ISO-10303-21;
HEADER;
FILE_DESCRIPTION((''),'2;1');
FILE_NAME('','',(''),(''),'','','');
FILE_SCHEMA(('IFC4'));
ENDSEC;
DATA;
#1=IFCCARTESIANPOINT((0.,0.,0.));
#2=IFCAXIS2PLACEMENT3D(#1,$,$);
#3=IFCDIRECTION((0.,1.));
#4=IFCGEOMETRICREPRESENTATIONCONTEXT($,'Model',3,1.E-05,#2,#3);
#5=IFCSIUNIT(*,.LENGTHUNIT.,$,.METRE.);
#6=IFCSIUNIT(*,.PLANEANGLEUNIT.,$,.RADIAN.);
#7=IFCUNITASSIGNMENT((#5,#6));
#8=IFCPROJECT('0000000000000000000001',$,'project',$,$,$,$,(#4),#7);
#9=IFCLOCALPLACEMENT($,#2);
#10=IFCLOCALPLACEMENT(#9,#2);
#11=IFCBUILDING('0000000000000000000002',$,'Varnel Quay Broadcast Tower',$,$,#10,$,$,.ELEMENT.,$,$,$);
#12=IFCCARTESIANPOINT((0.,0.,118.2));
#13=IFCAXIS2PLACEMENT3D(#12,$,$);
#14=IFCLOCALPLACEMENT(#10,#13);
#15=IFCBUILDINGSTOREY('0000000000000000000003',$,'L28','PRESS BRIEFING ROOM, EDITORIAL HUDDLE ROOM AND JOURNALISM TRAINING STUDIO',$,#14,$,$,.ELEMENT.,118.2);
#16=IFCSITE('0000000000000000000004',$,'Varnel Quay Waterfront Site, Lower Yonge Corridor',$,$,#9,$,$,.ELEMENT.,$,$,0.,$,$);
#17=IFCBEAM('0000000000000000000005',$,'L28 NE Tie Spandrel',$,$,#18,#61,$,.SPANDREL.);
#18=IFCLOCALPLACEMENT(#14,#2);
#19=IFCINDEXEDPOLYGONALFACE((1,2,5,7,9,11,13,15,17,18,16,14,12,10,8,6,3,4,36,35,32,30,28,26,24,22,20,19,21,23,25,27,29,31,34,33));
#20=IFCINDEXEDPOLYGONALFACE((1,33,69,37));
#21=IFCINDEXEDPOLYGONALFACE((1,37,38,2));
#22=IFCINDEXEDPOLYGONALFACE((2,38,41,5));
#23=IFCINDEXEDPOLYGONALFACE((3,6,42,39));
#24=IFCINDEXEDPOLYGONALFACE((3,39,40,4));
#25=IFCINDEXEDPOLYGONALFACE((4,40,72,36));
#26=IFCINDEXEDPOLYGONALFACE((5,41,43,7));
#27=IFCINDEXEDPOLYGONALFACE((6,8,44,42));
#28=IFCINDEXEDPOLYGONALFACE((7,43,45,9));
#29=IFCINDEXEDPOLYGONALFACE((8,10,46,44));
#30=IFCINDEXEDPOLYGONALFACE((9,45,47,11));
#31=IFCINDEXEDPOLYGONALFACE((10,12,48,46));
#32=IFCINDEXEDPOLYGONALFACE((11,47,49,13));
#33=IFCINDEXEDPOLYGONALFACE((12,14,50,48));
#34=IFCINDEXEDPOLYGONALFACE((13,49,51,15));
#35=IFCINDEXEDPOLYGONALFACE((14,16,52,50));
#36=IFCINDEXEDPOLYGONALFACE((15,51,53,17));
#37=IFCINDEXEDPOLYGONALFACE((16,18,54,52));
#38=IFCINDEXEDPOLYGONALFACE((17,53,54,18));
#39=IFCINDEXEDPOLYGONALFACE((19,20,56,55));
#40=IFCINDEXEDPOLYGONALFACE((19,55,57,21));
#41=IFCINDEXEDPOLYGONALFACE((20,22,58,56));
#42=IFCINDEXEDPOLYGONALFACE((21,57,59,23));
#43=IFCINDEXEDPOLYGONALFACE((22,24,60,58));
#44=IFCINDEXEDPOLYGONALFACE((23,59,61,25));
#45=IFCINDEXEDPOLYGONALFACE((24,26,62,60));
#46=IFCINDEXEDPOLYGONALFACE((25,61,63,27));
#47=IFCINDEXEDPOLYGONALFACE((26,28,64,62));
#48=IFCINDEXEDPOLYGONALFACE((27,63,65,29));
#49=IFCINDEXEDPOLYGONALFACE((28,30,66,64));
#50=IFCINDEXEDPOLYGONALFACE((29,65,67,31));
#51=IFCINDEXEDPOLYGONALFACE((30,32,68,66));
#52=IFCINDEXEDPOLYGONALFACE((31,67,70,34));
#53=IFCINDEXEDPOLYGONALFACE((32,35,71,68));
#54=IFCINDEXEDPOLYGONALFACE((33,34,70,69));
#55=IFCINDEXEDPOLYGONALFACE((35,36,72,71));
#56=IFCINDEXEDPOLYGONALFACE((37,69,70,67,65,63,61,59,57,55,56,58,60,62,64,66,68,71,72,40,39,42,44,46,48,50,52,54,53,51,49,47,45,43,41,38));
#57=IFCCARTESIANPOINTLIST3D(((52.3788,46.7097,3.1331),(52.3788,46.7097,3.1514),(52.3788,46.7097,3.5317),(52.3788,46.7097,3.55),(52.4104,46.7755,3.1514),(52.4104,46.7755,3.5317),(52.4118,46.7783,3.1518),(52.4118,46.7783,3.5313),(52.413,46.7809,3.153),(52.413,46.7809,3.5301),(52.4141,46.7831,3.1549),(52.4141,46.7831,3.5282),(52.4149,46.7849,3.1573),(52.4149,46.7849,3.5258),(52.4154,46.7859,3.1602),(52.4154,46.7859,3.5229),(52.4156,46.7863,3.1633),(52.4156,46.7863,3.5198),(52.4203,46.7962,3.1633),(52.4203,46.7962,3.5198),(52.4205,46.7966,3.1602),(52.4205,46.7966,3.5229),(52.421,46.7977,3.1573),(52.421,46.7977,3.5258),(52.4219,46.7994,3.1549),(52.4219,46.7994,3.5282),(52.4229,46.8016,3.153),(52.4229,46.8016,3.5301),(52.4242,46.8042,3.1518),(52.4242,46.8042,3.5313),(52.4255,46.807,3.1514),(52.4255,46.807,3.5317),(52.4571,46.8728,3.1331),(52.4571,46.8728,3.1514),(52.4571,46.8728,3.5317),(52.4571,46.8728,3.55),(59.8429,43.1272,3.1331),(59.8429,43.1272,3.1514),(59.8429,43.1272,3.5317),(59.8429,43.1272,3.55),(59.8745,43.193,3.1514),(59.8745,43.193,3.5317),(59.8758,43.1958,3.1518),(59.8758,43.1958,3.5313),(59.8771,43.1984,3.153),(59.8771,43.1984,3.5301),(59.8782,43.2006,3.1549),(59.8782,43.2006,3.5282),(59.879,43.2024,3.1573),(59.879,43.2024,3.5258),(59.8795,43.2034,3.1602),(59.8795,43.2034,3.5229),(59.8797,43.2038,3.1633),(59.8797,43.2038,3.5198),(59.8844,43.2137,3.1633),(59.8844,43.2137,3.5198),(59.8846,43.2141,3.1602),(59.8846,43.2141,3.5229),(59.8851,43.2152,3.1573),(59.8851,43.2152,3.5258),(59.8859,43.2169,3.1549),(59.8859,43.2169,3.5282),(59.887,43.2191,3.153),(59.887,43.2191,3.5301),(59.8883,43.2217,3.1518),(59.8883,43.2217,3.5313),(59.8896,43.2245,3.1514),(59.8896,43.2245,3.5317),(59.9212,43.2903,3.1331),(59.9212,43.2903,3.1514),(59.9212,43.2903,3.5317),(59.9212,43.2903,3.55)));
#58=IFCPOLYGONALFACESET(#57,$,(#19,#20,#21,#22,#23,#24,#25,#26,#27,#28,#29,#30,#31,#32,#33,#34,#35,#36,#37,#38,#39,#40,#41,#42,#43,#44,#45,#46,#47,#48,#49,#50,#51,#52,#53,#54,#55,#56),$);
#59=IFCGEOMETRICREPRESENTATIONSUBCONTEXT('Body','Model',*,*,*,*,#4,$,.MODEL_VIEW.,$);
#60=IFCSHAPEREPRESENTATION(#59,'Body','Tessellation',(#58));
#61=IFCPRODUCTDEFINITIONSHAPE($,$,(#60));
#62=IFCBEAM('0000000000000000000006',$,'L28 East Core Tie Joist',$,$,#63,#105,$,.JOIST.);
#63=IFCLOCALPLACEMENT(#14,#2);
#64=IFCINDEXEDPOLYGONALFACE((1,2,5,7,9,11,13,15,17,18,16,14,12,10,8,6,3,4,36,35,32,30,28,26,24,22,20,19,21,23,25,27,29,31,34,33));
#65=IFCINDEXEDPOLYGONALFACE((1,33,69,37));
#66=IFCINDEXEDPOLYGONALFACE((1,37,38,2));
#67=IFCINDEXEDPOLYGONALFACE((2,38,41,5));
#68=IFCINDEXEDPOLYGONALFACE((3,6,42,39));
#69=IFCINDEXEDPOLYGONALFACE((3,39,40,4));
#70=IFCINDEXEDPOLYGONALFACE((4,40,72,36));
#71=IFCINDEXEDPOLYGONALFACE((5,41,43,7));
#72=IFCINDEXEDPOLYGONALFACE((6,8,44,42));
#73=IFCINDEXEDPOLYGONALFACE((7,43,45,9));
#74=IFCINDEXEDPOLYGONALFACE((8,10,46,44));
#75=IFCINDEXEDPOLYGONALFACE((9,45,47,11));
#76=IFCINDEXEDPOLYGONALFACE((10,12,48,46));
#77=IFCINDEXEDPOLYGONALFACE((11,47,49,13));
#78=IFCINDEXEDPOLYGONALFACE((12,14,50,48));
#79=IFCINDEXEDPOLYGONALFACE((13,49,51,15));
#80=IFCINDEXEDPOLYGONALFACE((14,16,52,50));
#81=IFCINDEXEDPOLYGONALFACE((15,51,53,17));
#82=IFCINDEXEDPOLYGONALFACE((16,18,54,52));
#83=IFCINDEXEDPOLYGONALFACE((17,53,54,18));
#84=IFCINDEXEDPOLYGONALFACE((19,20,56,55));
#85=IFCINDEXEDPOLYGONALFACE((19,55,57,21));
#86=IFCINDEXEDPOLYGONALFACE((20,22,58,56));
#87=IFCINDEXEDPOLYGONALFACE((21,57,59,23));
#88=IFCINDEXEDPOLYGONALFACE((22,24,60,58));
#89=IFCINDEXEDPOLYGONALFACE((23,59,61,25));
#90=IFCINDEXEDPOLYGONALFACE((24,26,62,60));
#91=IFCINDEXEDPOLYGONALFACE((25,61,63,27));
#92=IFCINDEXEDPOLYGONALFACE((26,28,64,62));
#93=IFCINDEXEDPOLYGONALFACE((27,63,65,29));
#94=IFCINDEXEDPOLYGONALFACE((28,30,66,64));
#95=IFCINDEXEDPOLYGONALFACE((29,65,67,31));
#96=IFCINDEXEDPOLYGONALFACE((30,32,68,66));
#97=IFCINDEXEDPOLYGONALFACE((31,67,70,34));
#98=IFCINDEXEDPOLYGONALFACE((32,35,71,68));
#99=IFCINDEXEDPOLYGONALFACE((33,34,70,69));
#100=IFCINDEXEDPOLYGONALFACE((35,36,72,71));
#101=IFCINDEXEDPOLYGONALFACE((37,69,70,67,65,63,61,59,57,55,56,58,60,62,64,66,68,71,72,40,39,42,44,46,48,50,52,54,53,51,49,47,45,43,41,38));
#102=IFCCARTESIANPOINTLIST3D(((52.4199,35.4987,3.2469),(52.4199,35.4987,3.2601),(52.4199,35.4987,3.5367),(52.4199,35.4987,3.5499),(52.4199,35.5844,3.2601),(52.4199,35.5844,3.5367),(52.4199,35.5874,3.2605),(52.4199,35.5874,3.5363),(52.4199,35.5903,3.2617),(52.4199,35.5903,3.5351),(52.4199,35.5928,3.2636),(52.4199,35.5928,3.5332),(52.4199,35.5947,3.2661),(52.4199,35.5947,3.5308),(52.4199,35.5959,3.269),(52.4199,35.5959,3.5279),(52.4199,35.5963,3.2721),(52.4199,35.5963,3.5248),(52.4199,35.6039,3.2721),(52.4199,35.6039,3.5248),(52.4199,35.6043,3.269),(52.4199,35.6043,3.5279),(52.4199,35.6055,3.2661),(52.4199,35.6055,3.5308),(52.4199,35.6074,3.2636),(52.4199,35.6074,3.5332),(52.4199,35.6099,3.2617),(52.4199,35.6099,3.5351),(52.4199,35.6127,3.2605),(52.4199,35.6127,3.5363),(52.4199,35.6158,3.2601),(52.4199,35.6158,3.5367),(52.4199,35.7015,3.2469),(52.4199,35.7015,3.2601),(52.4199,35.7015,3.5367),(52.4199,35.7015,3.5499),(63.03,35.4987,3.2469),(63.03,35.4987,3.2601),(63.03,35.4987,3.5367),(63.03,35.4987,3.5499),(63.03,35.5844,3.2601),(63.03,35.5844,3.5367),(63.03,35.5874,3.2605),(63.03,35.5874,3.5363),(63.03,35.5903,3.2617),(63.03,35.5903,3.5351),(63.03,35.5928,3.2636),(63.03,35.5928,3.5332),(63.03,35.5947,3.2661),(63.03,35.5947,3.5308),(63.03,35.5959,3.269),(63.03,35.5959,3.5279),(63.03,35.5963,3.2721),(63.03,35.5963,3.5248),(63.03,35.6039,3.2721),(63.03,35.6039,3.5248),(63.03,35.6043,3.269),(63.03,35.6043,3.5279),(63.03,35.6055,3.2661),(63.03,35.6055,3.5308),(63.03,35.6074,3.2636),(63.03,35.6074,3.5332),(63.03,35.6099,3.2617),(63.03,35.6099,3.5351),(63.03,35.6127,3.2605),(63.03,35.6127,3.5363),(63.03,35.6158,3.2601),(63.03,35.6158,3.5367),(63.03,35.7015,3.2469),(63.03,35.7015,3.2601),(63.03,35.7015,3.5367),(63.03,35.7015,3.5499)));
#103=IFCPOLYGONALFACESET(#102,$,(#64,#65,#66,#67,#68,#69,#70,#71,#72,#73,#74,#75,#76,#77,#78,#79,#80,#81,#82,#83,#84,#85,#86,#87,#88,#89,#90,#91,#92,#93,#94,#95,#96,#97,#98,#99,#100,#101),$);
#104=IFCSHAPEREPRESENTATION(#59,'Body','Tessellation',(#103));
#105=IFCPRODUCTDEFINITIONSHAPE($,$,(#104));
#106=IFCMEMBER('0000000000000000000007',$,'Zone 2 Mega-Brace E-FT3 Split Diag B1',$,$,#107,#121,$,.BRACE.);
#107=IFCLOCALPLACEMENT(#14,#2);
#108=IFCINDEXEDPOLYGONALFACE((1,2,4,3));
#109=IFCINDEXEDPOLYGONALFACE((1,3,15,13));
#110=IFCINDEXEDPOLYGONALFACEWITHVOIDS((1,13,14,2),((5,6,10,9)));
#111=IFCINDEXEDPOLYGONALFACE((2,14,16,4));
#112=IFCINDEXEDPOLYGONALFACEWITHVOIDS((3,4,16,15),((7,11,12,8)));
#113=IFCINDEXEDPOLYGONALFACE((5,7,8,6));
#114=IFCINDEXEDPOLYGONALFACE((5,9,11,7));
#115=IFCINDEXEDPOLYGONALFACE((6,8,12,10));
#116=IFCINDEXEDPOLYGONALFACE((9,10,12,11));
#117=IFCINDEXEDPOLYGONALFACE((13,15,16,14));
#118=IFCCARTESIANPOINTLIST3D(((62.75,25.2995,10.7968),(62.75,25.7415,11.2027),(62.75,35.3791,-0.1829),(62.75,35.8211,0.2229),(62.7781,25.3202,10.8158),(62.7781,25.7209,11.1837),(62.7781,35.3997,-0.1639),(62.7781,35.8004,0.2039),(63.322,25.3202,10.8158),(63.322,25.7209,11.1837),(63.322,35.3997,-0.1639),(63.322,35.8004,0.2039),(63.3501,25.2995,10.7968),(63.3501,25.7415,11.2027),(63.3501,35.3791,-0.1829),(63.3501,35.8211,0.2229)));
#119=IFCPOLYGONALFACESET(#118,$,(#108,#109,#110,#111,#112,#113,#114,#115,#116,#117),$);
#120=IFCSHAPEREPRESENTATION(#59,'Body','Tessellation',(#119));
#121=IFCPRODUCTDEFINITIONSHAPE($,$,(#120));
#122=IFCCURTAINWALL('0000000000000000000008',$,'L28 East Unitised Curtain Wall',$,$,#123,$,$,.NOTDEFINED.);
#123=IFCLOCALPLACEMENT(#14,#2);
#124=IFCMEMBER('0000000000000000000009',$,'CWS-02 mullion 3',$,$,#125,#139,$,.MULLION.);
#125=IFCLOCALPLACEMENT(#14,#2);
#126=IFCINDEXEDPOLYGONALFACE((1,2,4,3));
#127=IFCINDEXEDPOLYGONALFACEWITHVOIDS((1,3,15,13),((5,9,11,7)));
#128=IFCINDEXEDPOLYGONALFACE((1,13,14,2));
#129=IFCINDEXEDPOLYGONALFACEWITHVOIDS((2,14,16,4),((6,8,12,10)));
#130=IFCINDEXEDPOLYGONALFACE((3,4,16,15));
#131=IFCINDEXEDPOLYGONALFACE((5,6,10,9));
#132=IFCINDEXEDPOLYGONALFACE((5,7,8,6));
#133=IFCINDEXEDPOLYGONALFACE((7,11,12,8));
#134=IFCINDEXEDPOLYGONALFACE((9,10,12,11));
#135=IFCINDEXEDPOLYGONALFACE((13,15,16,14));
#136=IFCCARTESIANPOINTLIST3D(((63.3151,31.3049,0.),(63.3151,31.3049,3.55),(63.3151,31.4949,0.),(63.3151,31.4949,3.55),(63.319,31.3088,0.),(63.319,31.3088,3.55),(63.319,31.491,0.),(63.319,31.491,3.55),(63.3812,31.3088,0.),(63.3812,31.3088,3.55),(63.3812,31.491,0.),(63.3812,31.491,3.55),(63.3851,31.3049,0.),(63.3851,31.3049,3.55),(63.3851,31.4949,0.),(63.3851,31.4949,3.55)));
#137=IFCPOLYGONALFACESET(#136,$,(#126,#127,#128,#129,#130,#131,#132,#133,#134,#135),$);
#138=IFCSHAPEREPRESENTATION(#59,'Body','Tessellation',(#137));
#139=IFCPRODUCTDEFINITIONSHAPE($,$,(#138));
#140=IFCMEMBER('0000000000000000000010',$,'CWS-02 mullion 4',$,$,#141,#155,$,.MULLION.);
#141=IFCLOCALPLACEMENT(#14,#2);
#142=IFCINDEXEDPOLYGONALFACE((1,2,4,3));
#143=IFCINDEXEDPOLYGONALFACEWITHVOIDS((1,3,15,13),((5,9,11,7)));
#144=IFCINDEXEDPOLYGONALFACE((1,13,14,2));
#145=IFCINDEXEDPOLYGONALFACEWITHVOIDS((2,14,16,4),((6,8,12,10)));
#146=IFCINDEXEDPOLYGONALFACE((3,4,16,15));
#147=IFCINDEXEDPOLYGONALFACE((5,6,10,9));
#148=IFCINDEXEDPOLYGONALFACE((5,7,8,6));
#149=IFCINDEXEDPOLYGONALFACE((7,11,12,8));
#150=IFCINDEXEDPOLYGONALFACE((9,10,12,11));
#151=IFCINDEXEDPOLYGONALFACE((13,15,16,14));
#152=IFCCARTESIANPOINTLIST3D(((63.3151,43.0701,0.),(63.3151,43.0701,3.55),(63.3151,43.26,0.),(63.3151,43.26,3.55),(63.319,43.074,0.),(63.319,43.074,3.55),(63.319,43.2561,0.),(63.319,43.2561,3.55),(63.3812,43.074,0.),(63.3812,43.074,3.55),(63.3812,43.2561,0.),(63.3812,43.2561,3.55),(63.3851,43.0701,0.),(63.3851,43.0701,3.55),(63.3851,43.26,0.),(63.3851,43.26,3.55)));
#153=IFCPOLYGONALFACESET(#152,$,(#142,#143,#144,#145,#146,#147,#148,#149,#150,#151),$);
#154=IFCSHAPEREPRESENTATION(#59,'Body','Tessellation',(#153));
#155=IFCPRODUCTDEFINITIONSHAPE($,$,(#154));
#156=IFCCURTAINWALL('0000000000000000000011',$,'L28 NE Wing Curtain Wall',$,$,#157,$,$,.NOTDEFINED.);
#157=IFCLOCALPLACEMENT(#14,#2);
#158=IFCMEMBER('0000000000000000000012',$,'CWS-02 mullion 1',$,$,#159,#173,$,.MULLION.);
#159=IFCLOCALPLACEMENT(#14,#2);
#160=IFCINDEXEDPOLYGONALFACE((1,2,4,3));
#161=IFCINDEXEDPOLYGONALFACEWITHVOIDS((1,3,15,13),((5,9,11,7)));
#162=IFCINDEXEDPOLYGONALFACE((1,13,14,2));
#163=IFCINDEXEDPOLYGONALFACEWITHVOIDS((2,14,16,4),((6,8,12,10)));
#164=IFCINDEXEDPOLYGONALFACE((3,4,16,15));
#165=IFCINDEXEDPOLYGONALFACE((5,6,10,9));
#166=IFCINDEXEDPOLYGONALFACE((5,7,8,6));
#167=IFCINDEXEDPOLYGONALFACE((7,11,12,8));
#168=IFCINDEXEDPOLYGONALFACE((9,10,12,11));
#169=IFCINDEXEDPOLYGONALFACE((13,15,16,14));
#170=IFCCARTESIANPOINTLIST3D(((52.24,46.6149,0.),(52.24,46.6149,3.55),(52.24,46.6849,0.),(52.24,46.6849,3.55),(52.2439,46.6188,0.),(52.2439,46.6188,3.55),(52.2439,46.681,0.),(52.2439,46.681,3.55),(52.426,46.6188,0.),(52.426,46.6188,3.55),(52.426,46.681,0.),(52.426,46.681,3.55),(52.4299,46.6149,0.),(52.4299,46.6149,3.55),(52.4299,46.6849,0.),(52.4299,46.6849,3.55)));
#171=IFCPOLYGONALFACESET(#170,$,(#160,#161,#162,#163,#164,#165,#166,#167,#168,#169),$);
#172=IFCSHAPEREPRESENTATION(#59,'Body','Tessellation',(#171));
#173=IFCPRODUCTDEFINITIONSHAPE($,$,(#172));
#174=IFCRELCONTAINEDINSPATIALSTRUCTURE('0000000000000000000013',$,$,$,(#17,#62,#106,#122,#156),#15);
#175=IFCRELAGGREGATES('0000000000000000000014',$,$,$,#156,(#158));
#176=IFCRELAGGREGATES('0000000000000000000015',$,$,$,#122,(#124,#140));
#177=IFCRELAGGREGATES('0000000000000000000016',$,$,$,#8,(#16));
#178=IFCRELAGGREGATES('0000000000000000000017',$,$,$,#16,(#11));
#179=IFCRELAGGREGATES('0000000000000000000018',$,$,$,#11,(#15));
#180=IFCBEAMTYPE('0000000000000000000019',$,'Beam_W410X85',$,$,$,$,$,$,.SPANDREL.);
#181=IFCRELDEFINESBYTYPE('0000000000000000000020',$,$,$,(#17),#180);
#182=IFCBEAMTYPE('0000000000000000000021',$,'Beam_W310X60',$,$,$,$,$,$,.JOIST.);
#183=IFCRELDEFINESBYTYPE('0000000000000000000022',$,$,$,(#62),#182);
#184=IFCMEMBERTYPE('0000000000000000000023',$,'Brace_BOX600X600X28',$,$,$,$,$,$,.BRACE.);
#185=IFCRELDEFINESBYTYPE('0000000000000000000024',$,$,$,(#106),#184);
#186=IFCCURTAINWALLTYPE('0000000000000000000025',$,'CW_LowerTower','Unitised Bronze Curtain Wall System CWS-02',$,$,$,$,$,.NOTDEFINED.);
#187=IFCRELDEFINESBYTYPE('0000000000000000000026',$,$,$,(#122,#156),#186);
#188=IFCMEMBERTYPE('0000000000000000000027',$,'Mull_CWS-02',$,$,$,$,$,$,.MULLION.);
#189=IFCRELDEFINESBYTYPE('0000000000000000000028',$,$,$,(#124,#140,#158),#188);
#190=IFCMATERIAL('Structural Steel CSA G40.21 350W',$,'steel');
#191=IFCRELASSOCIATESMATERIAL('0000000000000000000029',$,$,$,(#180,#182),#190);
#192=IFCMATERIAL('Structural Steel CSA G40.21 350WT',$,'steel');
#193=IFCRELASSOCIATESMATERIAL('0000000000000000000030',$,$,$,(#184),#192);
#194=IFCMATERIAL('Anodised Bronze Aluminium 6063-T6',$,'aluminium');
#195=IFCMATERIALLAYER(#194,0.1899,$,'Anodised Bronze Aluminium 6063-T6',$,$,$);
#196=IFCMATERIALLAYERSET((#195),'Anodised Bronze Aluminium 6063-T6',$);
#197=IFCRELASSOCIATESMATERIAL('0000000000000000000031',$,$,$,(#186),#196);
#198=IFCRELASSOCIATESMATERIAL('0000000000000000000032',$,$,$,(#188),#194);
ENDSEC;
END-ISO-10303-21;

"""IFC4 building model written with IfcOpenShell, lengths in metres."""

from ifc_helpers import new_model, si_unit, direction, frame, origin, origin_2d, place, context, subcontext, project, spatial, hollow_rectangle, i_section, extrude, source, transform, mapped, material, layer, layer_set, material_profile, profile_set, type_object, type_shapes, element, aggregate, save


model = new_model("IFC4")

# Units and contexts
model_context = context("Model", 3, precision=1e-05, world=origin(), true_north=direction((0.0, 1.0)))
body_context = subcontext(model_context, "Body", "Model", "MODEL_VIEW")
ifc_project = project(units=[si_unit("LENGTHUNIT", "METRE"), si_unit("PLANEANGLEUNIT", "RADIAN")], contexts=[model_context])

# Site, building, storey
site_placement = place(None, origin())
site = spatial("IfcSite", under=ifc_project, at=site_placement, Name="Varnel Quay Waterfront Site, Lower Yonge Corridor", CompositionType="ELEMENT", RefElevation=0.0)
building_placement = place(site_placement, origin())
building = spatial("IfcBuilding", under=site, at=building_placement, Name="Varnel Quay Broadcast Tower", CompositionType="ELEMENT")
storey_placement = place(building_placement, frame((0.0, 0.0, 118.2)))
storey = spatial("IfcBuildingStorey", under=building, at=storey_placement, Name="L28", Description="PRESS BRIEFING ROOM, EDITORIAL HUDDLE ROOM AND JOURNALISM TRAINING STUDIO", CompositionType="ELEMENT", Elevation=118.2)

# Shared definitions
ifc_material_1 = material(Name="Structural Steel CSA G40.21 350WT", Category="steel")
ifc_material_2 = material(Name="Structural Steel CSA G40.21 350W", Category="steel")

# Beams
ifc_material_profile_1 = material_profile(ifc_material_2, i_section(OverallWidth=0.1809, OverallDepth=0.417, WebThickness=0.011, FlangeThickness=0.0183, FilletRadius=0.012, at=origin_2d()), Name="W410X85")
ifc_profile_set_1 = profile_set([ifc_material_profile_1], Name="Structural Steel CSA G40.21 350W")
beam_type_1 = type_object("IfcBeamType", Name="Beam_W410X85", PredefinedType="SPANDREL", material=ifc_profile_set_1)
shared_shape_1 = source(origin(), body_context, "Body", "SweptSolid", [
    extrude(i_section(OverallWidth=0.1809, OverallDepth=0.417, WebThickness=0.011, FlangeThickness=0.0183, FilletRadius=0.012, at=origin_2d()), origin(), (0.0, 0.0, 1.0), 8.2793),
])
beam_1_placement = place(storey_placement, frame((52.418, 46.7913, 3.3416), z_axis=(0.901535, -0.432706, 0.0), x_axis=(0.432706, 0.901535, 0.0)))
element("IfcBeam", 1, at=beam_1_placement, inside=storey, type_object=beam_type_1, Name="L28 NE Tie Spandrel", PredefinedType="SPANDREL", context=body_context, shape_type="MappedRepresentation", body=[
    mapped(shared_shape_1, transform((0.0, 0.0, 0.0), x_axis=(1.0, 0.0, 0.0), y_axis=(0.0, 1.0, 0.0), z_axis=(0.0, 0.0, 1.0), scale=1.0)),
])
ifc_material_profile_2 = material_profile(ifc_material_2, i_section(OverallWidth=0.2029, OverallDepth=0.303, WebThickness=0.0076, FlangeThickness=0.0132, FilletRadius=0.012, at=origin_2d()), Name="W310X60")
ifc_profile_set_2 = profile_set([ifc_material_profile_2], Name="Structural Steel CSA G40.21 350W")
beam_type_2 = type_object("IfcBeamType", Name="Beam_W310X60", PredefinedType="JOIST", material=ifc_profile_set_2)
shared_shape_2 = source(origin(), body_context, "Body", "SweptSolid", [
    extrude(i_section(OverallWidth=0.2029, OverallDepth=0.303, WebThickness=0.0076, FlangeThickness=0.0132, FilletRadius=0.012, at=origin_2d()), origin(), (0.0, 0.0, 1.0), 10.6101),
])
type_shapes(beam_type_2, [shared_shape_2])
beam_2_placement = place(storey_placement, frame((52.4199, 35.6001, 3.3984), z_axis=(1.0, 0.0, 0.0), x_axis=(0.0, 1.0, 0.0)))
element("IfcBeam", 2, at=beam_2_placement, inside=storey, type_object=beam_type_2, Name="L28 East Core Tie Joist", PredefinedType="JOIST", context=body_context, shape_type="MappedRepresentation", body=[
    mapped(shared_shape_2, transform((0.0, 0.0, 0.0), x_axis=(1.0, 0.0, 0.0), y_axis=(0.0, 1.0, 0.0), z_axis=(0.0, 0.0, 1.0), scale=1.0)),
])

# Member
ifc_material_profile_3 = material_profile(ifc_material_1, hollow_rectangle(XDim=0.6001, YDim=0.6001, WallThickness=0.0281, at=origin_2d()), Name="BOX600X600X28")
ifc_profile_set_3 = profile_set([ifc_material_profile_3], Name="Structural Steel CSA G40.21 350WT")
member_type_1 = type_object("IfcMemberType", Name="Brace_BOX600X600X28", PredefinedType="BRACE", material=ifc_profile_set_3)
shared_shape_3 = source(origin(), body_context, "Body", "SweptSolid", [
    extrude(hollow_rectangle(XDim=0.6001, YDim=0.6001, WallThickness=0.0281, at=origin_2d()), origin(), (0.0, 0.0, 1.0), 14.9048),
])
type_shapes(member_type_1, [shared_shape_3])
member_1_placement = place(storey_placement, frame((63.05, 35.6001, 0.02), z_axis=(0.0, -0.676265, 0.736658), x_axis=(1.0, 0.0, 0.0)))
element("IfcMember", 3, at=member_1_placement, inside=storey, type_object=member_type_1, Name="Zone 2 Mega-Brace E-FT3 Split Diag B1", PredefinedType="BRACE", context=body_context, shape_type="MappedRepresentation", body=[
    mapped(shared_shape_3, transform((0.0, 0.0, 0.0), x_axis=(1.0, 0.0, 0.0), y_axis=(0.0, 1.0, 0.0), z_axis=(0.0, 0.0, 1.0), scale=1.0)),
])

# Curtain walls, members
ifc_material_3 = material(Name="Anodised Bronze Aluminium 6063-T6", Category="aluminium")
ifc_layer_1 = layer(ifc_material_3, 0.1899, Name="Anodised Bronze Aluminium 6063-T6")
ifc_layer_set_1 = layer_set([ifc_layer_1], Name="Anodised Bronze Aluminium 6063-T6")
curtain_wall_type = type_object("IfcCurtainWallType", Name="CW_LowerTower", Description="Unitised Bronze Curtain Wall System CWS-02", PredefinedType="NOTDEFINED", material=ifc_layer_set_1)
curtain_wall_1_placement = place(storey_placement, origin())
curtain_wall_1 = element("IfcCurtainWall", 4, at=curtain_wall_1_placement, inside=storey, type_object=curtain_wall_type, Name="L28 East Unitised Curtain Wall", PredefinedType="NOTDEFINED")
ifc_material_profile_4 = material_profile(ifc_material_3, hollow_rectangle(XDim=0.0701, YDim=0.1899, WallThickness=0.0039, at=origin_2d()), Name="ALU70X190X4")
ifc_profile_set_4 = profile_set([ifc_material_profile_4], Name="Anodised Bronze Aluminium 6063-T6")
member_type_2 = type_object("IfcMemberType", Name="Mull_CWS-02", PredefinedType="MULLION", material=ifc_profile_set_4)
shared_shape_4 = source(origin(), body_context, "Body", "SweptSolid", [
    extrude(hollow_rectangle(XDim=0.0701, YDim=0.1899, WallThickness=0.0039, at=origin_2d()), origin(), (0.0, 0.0, 1.0), 3.55),
])
type_shapes(member_type_2, [shared_shape_4])
member_2_placement = place(storey_placement, frame((63.3501, 31.3999, 0.0), z_axis=(0.0, 0.0, 1.0), x_axis=(-1.0, 0.0, 0.0)))
member_2 = element("IfcMember", 5, at=member_2_placement, type_object=member_type_2, Name="CWS-02 mullion 3", PredefinedType="MULLION", context=body_context, shape_type="MappedRepresentation", body=[
    mapped(shared_shape_4, transform((0.0, 0.0, 0.0), x_axis=(1.0, 0.0, 0.0), y_axis=(0.0, 1.0, 0.0), z_axis=(0.0, 0.0, 1.0), scale=1.0)),
])
member_3_placement = place(storey_placement, frame((63.3501, 43.165, 0.0), z_axis=(0.0, 0.0, 1.0), x_axis=(-1.0, 0.0, 0.0)))
member_3 = element("IfcMember", 6, at=member_3_placement, type_object=member_type_2, Name="CWS-02 mullion 4", PredefinedType="MULLION", context=body_context, shape_type="MappedRepresentation", body=[
    mapped(shared_shape_4, transform((0.0, 0.0, 0.0), x_axis=(1.0, 0.0, 0.0), y_axis=(0.0, 1.0, 0.0), z_axis=(0.0, 0.0, 1.0), scale=1.0)),
])
curtain_wall_2_placement = place(storey_placement, origin())
curtain_wall_2 = element("IfcCurtainWall", 7, at=curtain_wall_2_placement, inside=storey, type_object=curtain_wall_type, Name="L28 NE Wing Curtain Wall", PredefinedType="NOTDEFINED")
member_4_placement = place(storey_placement, frame((52.335, 46.6499, 0.0), z_axis=(0.0, 0.0, 1.0), x_axis=(0.0, 1.0, 0.0)))
member_4 = element("IfcMember", 8, at=member_4_placement, type_object=member_type_2, Name="CWS-02 mullion 1", PredefinedType="MULLION", context=body_context, shape_type="MappedRepresentation", body=[
    mapped(shared_shape_4, transform((0.0, 0.0, 0.0), x_axis=(1.0, 0.0, 0.0), y_axis=(0.0, 1.0, 0.0), z_axis=(0.0, 0.0, 1.0), scale=1.0)),
])

aggregate(curtain_wall_2, [member_4])
aggregate(curtain_wall_1, [member_2, member_3])

save(model, "model.ifc")
